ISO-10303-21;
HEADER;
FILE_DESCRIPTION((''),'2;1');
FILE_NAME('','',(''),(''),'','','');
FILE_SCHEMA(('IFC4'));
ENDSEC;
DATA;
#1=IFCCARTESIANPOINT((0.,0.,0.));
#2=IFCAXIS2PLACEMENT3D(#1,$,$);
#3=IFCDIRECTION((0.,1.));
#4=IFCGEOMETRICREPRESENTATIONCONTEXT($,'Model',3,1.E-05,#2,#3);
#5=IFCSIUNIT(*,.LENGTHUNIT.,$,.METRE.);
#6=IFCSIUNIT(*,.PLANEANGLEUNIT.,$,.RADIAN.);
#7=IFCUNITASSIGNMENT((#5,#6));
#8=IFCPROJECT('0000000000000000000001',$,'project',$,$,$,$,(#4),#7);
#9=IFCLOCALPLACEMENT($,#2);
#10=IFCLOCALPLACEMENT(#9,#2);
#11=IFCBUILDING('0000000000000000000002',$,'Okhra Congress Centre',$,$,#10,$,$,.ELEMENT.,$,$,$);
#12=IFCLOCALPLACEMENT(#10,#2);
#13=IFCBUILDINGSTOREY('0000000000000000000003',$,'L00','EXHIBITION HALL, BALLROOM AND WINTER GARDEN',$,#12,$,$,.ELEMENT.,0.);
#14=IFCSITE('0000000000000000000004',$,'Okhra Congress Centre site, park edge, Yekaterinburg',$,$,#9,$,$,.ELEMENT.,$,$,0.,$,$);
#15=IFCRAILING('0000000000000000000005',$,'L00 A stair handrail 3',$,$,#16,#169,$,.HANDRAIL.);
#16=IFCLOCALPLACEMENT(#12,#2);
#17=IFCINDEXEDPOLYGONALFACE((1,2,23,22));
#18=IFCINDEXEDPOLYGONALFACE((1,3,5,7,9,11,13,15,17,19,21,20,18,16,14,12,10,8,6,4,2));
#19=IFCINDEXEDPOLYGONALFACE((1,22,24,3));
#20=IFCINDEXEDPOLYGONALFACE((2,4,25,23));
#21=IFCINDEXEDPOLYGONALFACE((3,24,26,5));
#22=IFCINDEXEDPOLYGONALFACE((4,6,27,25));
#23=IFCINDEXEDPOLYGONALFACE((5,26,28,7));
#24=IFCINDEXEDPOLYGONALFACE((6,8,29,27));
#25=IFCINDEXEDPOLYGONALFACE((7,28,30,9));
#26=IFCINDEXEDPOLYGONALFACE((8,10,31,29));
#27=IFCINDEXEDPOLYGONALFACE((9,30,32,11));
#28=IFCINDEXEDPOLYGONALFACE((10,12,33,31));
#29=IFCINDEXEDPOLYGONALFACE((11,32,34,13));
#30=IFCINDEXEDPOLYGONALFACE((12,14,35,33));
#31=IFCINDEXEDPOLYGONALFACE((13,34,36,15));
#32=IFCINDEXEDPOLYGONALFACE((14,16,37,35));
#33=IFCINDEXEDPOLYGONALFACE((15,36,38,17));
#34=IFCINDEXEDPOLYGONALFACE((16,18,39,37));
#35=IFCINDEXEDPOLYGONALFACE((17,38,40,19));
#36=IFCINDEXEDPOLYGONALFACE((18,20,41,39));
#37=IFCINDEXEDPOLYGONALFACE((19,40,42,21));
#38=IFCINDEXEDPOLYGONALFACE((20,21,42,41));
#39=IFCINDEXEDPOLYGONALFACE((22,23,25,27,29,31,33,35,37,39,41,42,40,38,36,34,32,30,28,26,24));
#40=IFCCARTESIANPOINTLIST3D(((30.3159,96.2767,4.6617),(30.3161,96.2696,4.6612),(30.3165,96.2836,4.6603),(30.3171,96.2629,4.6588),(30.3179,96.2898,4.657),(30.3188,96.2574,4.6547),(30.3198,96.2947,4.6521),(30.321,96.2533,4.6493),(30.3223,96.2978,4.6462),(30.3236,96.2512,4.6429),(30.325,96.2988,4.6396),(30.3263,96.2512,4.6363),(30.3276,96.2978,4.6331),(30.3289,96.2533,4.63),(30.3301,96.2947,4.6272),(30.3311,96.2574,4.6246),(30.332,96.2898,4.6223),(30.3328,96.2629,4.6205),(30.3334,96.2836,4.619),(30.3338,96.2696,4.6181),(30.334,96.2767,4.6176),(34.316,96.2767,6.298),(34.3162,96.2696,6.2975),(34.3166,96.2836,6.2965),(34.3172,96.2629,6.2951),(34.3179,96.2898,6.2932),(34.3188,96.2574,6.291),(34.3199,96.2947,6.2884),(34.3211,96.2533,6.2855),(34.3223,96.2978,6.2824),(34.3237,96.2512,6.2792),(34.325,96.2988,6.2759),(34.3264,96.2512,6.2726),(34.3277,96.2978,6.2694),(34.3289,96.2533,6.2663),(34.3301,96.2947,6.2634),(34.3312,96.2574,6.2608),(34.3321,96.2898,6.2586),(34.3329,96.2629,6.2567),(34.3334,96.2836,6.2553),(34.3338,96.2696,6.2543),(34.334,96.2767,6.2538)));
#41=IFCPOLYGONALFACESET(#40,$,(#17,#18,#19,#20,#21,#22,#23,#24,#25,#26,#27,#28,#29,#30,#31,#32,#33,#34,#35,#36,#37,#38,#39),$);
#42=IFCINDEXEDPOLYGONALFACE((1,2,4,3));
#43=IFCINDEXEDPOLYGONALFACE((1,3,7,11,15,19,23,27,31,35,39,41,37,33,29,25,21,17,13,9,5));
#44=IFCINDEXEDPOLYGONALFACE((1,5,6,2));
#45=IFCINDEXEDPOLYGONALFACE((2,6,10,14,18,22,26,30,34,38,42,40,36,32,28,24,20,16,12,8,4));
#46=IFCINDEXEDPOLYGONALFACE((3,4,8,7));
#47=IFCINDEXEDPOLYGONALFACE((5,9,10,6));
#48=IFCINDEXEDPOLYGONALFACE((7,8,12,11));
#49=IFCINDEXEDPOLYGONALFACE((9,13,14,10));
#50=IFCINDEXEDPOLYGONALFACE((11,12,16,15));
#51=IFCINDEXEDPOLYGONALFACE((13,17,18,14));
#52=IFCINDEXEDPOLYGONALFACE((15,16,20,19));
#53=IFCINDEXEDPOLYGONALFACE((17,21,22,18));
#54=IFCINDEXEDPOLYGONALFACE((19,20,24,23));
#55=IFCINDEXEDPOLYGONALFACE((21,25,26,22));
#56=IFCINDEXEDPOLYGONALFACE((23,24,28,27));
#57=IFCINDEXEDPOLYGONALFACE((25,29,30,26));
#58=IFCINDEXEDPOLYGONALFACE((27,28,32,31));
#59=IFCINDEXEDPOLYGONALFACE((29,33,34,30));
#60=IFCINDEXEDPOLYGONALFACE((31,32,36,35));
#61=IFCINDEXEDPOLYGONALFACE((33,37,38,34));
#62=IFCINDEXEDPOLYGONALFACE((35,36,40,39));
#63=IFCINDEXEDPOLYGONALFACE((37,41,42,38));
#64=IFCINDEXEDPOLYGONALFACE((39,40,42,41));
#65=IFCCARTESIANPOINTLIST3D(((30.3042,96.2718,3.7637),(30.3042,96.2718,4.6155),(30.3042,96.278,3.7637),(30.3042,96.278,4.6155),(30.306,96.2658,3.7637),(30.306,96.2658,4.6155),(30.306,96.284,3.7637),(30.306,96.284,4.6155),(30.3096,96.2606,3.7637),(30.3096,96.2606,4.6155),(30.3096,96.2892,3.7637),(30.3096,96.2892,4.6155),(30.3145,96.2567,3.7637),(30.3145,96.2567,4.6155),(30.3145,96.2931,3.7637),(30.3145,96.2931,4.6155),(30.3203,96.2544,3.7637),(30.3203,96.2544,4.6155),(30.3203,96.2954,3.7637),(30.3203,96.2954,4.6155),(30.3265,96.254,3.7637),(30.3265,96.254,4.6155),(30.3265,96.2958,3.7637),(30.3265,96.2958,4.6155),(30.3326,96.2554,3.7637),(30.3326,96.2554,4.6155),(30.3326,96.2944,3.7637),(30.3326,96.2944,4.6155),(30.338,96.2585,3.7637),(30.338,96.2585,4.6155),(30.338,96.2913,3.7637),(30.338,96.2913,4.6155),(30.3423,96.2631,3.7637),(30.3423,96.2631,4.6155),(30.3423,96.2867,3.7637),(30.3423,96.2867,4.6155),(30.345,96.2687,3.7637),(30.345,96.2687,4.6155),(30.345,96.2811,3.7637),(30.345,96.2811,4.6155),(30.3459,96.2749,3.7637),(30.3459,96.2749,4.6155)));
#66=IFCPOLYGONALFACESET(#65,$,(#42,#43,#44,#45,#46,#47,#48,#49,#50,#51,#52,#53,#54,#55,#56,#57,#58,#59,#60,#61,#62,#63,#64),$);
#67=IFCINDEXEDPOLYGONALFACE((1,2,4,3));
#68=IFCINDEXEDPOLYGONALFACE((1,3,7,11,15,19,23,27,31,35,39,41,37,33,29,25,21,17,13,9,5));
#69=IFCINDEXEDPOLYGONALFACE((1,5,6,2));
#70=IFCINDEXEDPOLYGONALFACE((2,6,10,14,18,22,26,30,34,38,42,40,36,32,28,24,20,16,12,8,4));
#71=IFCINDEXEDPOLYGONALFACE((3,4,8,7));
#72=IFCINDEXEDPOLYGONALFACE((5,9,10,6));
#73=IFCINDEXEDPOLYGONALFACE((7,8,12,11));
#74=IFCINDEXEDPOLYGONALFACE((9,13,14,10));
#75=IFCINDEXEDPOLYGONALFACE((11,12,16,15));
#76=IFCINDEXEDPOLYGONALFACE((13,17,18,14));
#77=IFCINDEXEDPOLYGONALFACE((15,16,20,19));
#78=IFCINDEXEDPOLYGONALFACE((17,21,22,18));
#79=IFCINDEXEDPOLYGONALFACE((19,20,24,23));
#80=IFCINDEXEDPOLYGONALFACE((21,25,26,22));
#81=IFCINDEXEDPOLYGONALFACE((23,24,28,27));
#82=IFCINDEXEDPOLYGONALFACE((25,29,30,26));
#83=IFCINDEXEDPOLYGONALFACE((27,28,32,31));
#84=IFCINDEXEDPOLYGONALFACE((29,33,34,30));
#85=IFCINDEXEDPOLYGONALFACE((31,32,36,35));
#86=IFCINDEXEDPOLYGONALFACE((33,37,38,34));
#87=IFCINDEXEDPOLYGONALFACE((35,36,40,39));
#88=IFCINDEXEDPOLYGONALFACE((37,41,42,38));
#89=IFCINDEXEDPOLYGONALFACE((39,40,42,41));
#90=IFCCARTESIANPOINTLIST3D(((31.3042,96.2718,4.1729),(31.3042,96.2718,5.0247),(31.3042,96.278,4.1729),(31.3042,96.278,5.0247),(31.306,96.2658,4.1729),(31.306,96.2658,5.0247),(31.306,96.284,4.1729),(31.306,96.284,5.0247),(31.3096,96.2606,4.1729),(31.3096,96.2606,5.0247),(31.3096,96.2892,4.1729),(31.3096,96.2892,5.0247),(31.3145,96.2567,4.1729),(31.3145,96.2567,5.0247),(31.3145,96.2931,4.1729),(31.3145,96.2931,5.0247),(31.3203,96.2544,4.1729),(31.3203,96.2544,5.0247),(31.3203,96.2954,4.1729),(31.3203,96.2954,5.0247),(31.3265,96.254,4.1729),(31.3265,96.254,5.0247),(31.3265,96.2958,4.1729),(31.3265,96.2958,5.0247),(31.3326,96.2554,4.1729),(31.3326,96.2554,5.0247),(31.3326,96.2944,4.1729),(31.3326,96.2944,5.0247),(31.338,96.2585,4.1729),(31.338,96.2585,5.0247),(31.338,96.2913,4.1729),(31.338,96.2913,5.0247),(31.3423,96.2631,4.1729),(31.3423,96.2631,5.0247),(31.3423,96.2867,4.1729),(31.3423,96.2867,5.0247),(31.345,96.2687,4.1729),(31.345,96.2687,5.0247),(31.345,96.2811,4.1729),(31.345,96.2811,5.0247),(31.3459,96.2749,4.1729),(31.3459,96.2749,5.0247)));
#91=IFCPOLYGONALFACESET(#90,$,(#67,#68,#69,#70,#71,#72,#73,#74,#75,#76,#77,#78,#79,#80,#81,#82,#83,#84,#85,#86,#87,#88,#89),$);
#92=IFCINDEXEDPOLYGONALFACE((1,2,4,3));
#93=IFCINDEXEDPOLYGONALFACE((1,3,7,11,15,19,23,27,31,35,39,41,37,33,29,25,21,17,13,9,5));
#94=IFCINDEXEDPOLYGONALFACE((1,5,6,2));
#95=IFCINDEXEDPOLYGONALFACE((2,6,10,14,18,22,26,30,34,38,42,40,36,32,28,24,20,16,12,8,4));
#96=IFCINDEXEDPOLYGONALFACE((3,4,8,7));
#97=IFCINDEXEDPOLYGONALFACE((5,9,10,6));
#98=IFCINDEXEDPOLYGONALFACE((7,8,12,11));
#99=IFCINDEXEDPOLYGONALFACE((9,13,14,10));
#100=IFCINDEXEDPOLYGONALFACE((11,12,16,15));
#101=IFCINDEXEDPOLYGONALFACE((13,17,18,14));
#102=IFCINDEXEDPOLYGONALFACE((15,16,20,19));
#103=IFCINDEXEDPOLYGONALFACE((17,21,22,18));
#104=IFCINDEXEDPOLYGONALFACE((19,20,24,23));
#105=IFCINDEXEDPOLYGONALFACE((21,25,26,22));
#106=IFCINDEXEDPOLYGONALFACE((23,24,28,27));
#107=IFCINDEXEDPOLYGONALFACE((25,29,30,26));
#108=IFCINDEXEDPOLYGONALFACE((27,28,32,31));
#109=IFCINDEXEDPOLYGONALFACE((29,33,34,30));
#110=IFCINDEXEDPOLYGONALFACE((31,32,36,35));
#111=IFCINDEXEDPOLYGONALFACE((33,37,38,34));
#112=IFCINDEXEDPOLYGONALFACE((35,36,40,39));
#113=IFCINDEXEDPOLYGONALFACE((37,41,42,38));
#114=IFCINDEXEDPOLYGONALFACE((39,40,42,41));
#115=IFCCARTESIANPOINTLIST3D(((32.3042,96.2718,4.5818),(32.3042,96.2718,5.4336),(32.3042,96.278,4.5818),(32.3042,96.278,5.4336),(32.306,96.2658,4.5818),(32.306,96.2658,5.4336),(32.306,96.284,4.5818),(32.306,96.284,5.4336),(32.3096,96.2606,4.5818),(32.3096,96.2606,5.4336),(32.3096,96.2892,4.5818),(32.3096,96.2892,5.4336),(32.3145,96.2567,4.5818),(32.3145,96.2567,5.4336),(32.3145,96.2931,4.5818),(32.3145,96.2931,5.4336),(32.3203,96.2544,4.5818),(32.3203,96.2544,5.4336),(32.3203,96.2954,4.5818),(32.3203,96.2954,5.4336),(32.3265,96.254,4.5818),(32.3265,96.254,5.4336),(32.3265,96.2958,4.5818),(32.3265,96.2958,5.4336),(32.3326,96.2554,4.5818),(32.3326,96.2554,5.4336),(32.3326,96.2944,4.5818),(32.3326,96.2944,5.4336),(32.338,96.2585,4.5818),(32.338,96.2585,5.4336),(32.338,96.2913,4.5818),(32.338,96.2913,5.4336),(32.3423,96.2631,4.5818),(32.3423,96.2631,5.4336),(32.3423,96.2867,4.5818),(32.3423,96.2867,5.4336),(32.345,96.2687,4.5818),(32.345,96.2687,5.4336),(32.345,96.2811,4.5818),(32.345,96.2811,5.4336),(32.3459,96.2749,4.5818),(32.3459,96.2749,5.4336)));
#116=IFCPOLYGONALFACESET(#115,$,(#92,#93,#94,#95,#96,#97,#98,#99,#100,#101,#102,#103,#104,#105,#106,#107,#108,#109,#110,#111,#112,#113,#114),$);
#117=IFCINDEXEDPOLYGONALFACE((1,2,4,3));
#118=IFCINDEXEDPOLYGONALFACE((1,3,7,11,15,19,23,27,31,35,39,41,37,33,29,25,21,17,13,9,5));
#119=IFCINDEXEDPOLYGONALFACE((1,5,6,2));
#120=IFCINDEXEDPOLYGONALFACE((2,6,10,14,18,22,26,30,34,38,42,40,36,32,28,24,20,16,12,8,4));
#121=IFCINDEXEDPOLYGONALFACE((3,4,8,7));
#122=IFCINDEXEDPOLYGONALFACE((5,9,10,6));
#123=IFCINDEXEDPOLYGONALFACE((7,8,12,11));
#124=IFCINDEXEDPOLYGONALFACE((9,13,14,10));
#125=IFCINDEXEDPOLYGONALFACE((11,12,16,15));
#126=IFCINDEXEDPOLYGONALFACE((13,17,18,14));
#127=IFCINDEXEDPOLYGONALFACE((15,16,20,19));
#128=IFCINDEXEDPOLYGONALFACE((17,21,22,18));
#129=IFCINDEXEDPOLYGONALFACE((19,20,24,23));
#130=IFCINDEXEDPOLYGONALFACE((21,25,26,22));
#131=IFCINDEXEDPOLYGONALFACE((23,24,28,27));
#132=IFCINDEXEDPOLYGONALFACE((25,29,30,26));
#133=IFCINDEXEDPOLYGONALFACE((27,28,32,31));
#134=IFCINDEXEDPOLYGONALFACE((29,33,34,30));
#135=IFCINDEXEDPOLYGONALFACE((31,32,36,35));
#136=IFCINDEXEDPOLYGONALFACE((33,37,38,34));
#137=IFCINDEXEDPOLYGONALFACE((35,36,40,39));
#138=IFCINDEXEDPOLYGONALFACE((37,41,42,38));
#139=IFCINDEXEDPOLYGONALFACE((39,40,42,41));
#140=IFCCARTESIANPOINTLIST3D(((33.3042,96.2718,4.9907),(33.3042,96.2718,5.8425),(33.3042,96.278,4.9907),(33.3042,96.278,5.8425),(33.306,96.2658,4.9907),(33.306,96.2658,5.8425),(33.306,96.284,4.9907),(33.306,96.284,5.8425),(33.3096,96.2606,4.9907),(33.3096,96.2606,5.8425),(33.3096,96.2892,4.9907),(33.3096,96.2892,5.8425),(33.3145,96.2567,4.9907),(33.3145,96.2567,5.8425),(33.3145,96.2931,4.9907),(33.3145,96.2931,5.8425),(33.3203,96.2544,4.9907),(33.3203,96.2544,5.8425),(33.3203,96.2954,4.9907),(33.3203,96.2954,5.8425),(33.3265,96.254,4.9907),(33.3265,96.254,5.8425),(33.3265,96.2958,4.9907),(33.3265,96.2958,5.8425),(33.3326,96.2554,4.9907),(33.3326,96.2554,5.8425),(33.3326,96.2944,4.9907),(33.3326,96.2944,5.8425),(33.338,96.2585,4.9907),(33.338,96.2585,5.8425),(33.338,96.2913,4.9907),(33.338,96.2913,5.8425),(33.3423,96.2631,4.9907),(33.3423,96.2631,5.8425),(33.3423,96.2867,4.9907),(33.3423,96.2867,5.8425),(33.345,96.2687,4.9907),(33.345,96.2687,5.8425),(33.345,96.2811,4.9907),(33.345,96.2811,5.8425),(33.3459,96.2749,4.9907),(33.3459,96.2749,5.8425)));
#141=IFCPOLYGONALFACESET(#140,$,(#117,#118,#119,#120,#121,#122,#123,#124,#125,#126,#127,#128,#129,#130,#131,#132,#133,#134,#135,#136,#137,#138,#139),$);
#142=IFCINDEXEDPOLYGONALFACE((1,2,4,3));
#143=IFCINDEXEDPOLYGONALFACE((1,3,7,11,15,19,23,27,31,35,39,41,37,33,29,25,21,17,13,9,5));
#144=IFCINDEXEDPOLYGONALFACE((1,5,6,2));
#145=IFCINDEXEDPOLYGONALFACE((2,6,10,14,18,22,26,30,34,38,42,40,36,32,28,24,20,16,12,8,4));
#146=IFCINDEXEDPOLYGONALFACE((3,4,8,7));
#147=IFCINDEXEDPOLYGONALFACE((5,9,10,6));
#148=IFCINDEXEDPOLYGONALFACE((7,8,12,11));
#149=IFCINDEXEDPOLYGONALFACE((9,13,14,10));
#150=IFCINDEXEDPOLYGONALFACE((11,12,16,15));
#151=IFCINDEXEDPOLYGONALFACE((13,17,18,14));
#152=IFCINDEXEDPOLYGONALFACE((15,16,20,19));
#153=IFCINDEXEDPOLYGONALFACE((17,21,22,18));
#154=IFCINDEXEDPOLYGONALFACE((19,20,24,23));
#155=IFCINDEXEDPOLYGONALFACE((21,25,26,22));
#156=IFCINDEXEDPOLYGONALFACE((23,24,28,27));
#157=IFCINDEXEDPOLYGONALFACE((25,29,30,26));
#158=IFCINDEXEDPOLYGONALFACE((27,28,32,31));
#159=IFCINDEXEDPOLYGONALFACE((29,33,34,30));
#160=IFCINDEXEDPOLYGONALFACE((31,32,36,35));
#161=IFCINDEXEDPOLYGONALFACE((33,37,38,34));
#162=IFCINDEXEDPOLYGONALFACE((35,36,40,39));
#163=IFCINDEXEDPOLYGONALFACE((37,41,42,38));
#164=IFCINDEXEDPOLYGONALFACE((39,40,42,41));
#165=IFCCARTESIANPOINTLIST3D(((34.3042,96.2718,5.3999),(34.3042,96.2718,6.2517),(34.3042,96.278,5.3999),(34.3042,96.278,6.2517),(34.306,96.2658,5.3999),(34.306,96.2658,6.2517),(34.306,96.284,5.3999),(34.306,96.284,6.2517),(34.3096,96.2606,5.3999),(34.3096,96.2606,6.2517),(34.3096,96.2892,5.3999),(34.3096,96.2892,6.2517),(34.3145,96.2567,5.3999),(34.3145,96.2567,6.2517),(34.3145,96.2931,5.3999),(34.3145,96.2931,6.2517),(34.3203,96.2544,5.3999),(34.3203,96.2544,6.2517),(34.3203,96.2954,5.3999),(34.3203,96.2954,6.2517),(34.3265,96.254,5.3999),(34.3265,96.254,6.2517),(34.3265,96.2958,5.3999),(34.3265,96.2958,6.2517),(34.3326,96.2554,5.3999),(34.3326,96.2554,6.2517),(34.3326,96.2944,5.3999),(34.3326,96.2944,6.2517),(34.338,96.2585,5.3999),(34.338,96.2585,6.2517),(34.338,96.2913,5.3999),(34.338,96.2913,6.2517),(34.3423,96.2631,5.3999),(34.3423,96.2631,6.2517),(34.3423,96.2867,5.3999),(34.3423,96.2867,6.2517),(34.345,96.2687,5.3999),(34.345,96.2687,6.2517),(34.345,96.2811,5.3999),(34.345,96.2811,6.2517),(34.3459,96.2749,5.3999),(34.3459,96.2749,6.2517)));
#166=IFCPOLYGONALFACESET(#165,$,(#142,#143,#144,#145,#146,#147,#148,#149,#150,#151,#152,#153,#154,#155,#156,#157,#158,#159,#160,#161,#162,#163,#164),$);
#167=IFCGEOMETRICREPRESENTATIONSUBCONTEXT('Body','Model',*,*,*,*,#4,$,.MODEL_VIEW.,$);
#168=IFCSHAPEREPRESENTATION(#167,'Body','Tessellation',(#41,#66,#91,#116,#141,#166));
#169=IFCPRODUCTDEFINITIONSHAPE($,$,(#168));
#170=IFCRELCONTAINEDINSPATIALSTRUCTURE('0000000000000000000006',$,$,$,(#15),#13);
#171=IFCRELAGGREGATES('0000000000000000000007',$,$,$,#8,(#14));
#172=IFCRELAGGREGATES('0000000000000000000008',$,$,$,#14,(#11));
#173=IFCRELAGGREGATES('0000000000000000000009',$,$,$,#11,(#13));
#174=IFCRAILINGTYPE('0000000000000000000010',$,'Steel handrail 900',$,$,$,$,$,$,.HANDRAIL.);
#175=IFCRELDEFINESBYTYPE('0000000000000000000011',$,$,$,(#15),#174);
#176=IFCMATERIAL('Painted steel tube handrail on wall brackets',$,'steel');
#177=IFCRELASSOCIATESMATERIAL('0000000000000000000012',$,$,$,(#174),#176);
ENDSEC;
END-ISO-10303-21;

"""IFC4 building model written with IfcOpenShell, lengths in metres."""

from ifc_helpers import new_model, si_unit, direction, frame, origin, origin_2d, place, context, subcontext, project, spatial, circle, extrude, material, type_object, element, save


model = new_model("IFC4")

# Units and contexts
model_context = context("Model", 3, precision=1e-05, world=origin(), true_north=direction((0.0, 1.0)))
body_context = subcontext(model_context, "Body", "Model", "MODEL_VIEW")
ifc_project = project(units=[si_unit("LENGTHUNIT", "METRE"), si_unit("PLANEANGLEUNIT", "RADIAN")], contexts=[model_context])

# Site, building, storey
site_placement = place(None, origin())
site = spatial("IfcSite", under=ifc_project, at=site_placement, Name="Okhra Congress Centre site, park edge, Yekaterinburg", CompositionType="ELEMENT", RefElevation=0.0)
building_placement = place(site_placement, origin())
building = spatial("IfcBuilding", under=site, at=building_placement, Name="Okhra Congress Centre", CompositionType="ELEMENT")
storey_placement = place(building_placement, origin())
storey = spatial("IfcBuildingStorey", under=building, at=storey_placement, Name="L00", Description="EXHIBITION HALL, BALLROOM AND WINTER GARDEN", CompositionType="ELEMENT", Elevation=0.0)

# Railing
ifc_material_1 = material(Name="Painted steel tube handrail on wall brackets", Category="steel")
railing_type_1 = type_object("IfcRailingType", Name="Steel handrail 900", PredefinedType="HANDRAIL", material=ifc_material_1)
railing_1_placement = place(storey_placement, frame((30.325, 96.2749, 3.7637)))
element("IfcRailing", 1, at=railing_1_placement, inside=storey, type_object=railing_type_1, Name="L00 A stair handrail 3", PredefinedType="HANDRAIL", context=body_context, shape_type="SweptSolid", body=[
    extrude(circle(Radius=0.0239, at=origin_2d()), frame((0.0, 0.0, 0.876), z_axis=(0.925558, 0.0, 0.378606), x_axis=(0.0, 1.0, 0.0)), (0.0, 0.0, 1.0), 4.3218),
    extrude(circle(Radius=0.021, at=origin_2d()), origin(), (0.0, 0.0, 1.0), 0.8518),
    extrude(circle(Radius=0.021, at=origin_2d()), frame((1.0, 0.0, 0.4092)), (0.0, 0.0, 1.0), 0.8518),
    extrude(circle(Radius=0.021, at=origin_2d()), frame((2.0, 0.0, 0.8181)), (0.0, 0.0, 1.0), 0.8518),
    extrude(circle(Radius=0.021, at=origin_2d()), frame((3.0, 0.0, 1.2271)), (0.0, 0.0, 1.0), 0.8518),
    extrude(circle(Radius=0.021, at=origin_2d()), frame((4.0, 0.0, 1.6362)), (0.0, 0.0, 1.0), 0.8518),
])

save(model, "model.ifc")
